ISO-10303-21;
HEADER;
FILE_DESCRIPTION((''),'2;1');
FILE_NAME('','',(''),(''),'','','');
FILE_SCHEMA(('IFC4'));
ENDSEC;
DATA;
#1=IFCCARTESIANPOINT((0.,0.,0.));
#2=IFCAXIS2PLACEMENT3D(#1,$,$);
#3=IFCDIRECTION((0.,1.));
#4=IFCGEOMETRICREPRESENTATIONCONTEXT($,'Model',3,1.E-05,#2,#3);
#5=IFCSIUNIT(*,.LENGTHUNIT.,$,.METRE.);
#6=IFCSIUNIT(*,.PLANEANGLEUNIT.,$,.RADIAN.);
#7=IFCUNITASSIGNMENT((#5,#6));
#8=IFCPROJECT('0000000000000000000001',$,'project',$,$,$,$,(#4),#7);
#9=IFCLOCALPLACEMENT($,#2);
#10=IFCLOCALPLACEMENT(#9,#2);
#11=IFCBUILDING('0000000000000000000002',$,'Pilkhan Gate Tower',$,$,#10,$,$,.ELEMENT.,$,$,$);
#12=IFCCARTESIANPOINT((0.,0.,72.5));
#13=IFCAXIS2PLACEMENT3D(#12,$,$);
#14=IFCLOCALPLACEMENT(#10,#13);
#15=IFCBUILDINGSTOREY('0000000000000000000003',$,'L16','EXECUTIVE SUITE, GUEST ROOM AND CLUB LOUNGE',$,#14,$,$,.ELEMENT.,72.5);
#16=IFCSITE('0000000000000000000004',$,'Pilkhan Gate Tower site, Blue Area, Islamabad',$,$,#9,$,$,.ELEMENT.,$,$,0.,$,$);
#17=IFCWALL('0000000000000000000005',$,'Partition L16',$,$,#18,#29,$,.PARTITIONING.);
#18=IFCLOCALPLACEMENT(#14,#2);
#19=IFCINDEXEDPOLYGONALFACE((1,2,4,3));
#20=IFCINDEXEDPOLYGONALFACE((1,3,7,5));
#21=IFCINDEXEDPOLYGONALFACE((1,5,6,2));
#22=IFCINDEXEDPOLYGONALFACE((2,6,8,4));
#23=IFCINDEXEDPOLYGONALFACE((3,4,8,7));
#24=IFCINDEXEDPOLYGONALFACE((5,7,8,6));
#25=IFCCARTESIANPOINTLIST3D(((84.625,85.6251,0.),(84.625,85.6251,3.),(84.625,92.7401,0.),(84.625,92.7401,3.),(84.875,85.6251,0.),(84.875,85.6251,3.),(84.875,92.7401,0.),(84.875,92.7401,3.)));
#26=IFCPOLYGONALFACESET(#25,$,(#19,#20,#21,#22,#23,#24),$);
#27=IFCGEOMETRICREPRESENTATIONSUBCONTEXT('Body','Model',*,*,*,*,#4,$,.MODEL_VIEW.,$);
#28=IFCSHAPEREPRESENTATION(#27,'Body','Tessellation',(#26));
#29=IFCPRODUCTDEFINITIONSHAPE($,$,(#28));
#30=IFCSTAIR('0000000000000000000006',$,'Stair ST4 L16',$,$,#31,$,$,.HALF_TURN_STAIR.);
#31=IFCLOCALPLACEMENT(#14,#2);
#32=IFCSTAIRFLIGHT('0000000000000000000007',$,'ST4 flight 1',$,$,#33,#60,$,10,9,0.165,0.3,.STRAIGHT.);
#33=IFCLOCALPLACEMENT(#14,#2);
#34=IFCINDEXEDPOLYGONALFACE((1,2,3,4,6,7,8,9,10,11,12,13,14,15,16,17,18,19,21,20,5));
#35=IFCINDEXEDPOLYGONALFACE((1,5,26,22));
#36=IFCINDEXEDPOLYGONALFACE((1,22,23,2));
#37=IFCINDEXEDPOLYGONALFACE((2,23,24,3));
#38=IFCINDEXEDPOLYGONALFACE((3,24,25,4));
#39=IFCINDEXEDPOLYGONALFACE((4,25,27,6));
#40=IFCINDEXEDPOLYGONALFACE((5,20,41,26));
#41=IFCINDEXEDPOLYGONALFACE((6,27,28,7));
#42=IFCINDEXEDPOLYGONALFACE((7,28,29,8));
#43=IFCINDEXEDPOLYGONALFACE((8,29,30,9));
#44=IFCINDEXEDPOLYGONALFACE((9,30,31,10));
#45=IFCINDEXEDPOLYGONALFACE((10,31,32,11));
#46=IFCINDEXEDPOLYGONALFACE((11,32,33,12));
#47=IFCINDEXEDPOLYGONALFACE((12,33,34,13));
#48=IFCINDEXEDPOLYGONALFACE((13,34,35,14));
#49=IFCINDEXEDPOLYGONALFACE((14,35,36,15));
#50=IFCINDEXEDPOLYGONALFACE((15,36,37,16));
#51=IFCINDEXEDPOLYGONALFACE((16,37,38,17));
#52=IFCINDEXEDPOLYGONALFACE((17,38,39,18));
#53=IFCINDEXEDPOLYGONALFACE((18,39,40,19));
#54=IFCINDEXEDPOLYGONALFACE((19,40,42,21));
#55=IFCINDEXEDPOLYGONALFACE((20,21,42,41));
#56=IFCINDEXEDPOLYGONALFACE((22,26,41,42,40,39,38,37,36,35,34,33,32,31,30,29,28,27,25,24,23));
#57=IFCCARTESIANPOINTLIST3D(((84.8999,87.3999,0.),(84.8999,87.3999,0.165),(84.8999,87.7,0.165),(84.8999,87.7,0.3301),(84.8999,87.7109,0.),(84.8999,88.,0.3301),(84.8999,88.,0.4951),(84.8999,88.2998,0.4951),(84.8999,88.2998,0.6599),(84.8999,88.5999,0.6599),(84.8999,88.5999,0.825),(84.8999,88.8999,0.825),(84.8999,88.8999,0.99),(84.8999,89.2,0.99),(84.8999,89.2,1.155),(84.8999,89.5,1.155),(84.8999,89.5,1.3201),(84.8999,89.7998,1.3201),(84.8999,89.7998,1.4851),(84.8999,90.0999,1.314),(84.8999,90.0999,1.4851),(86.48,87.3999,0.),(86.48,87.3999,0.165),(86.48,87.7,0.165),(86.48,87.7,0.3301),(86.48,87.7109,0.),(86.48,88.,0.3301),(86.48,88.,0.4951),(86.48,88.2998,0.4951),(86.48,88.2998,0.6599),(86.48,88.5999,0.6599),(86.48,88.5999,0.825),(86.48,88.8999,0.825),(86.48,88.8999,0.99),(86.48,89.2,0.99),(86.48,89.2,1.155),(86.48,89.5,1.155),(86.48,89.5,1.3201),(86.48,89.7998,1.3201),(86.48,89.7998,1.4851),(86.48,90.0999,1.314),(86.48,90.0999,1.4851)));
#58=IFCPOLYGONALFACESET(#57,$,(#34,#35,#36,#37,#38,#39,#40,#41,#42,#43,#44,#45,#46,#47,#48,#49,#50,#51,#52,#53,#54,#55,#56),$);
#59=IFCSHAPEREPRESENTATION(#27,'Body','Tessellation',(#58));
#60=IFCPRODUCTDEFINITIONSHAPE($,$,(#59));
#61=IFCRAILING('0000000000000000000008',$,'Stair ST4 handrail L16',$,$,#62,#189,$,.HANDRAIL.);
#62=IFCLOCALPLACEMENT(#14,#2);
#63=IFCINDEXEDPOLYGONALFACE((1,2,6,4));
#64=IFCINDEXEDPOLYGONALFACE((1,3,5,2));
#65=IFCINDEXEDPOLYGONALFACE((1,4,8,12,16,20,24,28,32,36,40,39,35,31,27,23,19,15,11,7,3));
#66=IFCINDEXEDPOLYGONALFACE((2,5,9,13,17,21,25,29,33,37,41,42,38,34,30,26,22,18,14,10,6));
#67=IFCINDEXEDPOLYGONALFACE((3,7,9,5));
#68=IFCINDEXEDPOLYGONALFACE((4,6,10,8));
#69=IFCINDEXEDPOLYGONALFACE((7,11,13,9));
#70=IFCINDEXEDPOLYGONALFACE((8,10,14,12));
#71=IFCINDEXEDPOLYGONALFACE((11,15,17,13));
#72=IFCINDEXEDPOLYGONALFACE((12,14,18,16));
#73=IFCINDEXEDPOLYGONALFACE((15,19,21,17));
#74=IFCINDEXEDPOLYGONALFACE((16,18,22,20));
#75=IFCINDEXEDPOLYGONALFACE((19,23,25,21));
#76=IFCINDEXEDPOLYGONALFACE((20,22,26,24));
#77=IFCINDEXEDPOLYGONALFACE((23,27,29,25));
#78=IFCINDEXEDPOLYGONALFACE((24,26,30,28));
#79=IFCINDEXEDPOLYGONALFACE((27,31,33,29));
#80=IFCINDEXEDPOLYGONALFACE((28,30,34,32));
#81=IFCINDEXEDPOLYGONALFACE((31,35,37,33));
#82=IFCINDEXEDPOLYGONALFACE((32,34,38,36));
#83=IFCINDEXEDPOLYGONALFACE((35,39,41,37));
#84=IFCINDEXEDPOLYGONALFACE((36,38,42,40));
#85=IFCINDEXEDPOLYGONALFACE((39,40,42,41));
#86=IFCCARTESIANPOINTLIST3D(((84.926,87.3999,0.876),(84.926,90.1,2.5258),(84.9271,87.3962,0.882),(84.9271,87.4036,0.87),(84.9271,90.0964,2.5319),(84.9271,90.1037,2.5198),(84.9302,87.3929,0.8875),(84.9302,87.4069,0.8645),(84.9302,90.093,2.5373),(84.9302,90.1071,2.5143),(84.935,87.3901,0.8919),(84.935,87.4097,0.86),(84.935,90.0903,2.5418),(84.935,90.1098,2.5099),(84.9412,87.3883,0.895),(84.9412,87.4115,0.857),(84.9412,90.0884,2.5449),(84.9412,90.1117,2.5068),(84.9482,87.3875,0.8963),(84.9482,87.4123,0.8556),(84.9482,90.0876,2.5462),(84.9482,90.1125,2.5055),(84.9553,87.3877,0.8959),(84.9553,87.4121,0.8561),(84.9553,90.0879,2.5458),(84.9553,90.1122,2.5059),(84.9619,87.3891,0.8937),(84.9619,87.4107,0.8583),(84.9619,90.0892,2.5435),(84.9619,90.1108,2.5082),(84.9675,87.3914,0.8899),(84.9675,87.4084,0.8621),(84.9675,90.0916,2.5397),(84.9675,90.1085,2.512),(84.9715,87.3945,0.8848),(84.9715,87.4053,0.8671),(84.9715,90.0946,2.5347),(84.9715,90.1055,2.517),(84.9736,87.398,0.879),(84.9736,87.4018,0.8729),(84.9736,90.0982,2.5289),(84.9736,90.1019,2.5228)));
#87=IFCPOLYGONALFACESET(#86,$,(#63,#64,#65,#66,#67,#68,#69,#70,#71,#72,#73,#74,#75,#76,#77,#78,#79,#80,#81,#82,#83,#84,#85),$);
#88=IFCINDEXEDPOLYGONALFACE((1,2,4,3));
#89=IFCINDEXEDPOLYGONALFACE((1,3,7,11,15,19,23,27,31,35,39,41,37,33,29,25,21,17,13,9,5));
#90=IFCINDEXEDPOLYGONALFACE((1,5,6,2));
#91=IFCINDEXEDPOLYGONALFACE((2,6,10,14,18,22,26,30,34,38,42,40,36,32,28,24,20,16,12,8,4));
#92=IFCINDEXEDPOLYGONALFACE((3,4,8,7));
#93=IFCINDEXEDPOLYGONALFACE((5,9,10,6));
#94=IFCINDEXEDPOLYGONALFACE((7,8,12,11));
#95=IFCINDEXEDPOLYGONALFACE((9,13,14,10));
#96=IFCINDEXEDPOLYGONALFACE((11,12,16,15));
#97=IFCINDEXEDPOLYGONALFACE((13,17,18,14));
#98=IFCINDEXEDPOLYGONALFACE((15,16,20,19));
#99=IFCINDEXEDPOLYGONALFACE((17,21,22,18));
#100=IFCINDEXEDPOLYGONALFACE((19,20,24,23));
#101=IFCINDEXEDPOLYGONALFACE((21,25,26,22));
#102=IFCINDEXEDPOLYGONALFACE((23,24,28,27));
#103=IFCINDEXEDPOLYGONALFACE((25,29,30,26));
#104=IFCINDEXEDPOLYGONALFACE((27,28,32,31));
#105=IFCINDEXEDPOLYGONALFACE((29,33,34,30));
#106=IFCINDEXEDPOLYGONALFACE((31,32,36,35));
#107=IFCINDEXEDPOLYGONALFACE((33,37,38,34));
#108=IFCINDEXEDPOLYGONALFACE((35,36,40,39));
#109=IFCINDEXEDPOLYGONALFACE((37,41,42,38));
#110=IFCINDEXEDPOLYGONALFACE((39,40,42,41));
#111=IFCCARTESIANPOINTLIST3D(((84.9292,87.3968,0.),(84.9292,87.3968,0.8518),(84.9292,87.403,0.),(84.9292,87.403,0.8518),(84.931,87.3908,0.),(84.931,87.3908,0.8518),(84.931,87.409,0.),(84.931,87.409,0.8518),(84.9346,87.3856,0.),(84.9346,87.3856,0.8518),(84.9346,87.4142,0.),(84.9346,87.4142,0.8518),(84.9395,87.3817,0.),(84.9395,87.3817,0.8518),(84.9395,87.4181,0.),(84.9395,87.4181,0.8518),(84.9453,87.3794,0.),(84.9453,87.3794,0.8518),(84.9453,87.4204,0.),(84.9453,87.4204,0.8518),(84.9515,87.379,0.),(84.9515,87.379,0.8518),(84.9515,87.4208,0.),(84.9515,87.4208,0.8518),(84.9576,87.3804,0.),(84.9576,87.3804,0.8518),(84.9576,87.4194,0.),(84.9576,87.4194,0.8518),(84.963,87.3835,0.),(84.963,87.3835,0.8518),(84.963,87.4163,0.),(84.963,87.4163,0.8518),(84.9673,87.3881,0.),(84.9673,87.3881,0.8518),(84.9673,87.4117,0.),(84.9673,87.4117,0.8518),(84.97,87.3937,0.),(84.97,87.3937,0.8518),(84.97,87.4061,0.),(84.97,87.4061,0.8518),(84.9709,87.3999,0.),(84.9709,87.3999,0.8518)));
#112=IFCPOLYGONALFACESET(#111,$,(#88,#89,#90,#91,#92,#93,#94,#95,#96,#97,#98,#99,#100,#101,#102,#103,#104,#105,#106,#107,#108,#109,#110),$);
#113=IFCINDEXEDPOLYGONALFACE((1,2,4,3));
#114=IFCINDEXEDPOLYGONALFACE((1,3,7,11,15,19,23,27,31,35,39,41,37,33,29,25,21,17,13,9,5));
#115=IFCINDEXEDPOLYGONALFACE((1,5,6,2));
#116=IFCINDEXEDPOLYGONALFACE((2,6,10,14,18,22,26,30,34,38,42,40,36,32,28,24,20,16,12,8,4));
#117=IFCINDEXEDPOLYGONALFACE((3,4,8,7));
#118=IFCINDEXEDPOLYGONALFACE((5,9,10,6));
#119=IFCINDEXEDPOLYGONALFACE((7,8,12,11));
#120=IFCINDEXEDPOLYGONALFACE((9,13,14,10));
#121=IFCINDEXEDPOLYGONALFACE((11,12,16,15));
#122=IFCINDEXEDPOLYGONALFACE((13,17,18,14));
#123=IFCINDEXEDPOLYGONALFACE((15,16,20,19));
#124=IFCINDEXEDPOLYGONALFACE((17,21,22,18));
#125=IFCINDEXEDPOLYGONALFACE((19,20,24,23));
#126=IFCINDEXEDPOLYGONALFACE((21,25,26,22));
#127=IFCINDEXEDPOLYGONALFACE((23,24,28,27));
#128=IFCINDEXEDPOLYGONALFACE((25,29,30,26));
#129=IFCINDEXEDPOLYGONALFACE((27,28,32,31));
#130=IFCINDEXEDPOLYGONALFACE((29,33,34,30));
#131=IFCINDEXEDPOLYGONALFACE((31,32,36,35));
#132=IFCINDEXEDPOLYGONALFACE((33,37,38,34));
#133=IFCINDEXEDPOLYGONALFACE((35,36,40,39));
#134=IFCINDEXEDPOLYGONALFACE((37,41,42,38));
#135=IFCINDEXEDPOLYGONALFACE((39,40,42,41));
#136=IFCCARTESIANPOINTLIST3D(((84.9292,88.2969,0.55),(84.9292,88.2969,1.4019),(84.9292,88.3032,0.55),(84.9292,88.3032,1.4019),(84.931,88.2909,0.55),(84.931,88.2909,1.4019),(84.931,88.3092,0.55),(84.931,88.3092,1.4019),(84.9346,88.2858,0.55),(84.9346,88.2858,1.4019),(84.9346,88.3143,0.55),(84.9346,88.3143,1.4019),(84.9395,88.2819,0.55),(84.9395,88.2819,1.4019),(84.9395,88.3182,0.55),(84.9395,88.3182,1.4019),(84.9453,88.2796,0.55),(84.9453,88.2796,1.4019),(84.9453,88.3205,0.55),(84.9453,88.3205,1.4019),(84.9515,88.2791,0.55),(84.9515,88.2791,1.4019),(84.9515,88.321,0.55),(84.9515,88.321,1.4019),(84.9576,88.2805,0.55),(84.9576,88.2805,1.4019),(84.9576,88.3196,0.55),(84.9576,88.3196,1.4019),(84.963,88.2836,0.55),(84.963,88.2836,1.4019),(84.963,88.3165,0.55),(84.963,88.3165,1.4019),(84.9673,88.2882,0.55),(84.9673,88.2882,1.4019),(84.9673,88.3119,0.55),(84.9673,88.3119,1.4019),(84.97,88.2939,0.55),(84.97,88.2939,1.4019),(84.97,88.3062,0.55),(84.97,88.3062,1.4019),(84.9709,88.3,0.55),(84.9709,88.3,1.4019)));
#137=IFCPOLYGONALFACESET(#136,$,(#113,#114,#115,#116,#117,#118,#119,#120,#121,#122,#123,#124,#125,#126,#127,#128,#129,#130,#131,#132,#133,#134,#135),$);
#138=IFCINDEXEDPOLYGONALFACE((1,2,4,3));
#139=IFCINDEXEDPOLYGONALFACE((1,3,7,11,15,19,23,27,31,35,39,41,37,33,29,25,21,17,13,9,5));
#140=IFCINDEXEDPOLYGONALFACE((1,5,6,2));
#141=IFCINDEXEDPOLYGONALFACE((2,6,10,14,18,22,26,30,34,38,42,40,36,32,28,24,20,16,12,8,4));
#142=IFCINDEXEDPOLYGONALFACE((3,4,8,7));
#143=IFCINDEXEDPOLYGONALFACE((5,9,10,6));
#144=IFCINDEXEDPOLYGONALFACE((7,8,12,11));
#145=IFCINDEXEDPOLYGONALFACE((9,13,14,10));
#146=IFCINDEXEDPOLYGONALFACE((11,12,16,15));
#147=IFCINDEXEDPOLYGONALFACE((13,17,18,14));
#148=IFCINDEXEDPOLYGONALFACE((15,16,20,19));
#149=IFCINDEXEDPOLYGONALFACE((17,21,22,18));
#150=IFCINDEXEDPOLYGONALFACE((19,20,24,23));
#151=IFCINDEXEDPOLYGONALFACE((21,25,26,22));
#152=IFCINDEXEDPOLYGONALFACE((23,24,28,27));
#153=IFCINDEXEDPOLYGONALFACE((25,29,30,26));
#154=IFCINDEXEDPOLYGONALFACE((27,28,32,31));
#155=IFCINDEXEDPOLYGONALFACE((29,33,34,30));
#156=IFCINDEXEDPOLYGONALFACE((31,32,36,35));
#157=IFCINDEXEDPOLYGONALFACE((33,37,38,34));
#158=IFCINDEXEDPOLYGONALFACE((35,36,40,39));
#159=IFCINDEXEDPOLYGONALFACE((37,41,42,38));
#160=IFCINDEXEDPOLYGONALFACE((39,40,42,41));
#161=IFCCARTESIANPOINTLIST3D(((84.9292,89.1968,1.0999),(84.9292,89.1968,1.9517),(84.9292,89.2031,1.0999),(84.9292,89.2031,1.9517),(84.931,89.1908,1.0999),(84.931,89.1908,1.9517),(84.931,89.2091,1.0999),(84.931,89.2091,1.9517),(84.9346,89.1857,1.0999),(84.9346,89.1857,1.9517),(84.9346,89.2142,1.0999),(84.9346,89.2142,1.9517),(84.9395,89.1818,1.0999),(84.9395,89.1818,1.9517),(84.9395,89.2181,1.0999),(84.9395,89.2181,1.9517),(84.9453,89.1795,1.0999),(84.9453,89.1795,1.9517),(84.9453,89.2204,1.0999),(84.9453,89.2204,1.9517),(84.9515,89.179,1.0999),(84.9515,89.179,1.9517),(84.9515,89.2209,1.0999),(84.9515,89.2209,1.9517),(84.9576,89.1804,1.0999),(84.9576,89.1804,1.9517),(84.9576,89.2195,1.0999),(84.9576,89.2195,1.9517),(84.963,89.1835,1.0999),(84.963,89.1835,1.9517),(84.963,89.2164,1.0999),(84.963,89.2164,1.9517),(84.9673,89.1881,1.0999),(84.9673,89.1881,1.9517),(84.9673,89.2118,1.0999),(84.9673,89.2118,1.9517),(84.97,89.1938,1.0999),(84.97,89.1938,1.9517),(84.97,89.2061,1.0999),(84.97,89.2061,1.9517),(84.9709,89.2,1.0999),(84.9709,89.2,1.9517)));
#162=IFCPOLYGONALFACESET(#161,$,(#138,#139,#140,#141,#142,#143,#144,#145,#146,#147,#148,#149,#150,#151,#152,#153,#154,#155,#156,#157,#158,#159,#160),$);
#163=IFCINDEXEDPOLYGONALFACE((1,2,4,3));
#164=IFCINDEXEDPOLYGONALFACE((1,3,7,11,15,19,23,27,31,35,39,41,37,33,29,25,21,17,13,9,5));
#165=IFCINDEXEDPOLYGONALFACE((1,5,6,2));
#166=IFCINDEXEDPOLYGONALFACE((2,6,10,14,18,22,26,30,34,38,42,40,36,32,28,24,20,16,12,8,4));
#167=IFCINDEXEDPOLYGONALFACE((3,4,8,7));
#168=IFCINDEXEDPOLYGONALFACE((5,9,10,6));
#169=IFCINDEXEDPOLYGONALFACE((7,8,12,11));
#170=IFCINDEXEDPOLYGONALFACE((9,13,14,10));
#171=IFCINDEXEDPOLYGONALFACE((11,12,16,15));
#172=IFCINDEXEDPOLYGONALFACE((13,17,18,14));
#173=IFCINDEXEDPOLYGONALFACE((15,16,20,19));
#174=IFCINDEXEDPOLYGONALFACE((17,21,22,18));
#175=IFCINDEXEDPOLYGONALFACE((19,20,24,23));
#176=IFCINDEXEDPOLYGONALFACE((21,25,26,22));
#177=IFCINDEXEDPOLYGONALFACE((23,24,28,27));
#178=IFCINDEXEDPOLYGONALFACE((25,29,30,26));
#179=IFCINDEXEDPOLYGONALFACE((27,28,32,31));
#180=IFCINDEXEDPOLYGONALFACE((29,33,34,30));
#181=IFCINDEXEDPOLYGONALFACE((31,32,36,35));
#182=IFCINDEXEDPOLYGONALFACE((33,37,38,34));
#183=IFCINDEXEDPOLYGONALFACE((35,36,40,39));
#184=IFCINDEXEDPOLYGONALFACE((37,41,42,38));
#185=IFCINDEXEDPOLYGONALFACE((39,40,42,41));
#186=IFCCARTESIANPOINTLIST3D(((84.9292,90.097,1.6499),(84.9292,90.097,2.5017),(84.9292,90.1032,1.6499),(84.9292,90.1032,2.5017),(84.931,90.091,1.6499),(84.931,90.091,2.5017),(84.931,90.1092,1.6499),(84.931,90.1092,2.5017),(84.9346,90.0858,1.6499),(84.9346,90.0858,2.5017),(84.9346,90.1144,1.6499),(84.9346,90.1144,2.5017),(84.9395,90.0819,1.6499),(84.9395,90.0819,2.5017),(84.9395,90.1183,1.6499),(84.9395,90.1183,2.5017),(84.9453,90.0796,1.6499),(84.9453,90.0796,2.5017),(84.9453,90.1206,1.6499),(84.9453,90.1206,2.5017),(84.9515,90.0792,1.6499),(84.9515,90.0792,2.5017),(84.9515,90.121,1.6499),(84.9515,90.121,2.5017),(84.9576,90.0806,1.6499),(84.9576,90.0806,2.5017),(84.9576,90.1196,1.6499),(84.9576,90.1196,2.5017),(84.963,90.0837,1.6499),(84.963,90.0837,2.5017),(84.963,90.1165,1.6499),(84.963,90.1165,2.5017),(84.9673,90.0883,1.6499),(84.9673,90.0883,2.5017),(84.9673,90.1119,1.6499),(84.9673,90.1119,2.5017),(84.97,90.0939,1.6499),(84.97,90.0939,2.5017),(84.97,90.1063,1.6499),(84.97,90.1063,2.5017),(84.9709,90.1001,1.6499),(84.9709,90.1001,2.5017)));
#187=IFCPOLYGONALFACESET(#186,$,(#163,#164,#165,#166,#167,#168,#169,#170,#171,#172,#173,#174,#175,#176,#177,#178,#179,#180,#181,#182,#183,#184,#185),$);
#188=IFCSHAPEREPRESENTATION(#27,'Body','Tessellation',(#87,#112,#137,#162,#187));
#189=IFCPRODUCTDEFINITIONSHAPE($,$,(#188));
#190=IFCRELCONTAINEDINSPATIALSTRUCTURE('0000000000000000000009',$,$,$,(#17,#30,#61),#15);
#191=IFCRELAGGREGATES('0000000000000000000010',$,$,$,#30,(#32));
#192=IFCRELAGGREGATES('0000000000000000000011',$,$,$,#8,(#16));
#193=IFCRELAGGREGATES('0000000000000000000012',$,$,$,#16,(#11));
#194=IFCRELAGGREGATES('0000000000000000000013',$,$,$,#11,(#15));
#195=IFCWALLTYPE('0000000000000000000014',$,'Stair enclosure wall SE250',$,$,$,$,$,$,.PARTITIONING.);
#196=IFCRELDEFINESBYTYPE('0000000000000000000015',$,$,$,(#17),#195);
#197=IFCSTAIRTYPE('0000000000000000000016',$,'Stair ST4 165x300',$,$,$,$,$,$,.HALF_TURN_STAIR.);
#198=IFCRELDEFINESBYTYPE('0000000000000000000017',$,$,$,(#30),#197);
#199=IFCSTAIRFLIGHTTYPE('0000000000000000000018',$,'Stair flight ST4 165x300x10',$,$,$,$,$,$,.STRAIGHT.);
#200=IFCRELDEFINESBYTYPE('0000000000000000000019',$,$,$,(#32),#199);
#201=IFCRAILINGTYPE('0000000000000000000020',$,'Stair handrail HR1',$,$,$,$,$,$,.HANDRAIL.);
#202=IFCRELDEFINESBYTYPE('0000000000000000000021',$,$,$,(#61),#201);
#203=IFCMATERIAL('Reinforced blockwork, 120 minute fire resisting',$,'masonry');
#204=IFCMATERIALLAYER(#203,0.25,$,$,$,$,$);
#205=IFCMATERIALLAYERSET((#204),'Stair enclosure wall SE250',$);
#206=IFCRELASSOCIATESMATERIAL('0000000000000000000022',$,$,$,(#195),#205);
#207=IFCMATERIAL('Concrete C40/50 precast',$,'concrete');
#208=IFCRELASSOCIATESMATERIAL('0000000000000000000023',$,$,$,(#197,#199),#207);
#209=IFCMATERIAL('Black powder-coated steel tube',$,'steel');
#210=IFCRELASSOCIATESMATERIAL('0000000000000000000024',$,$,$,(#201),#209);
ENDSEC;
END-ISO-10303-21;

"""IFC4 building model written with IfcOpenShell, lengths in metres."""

from ifc_helpers import new_model, si_unit, direction, frame, frame_2d, origin, origin_2d, place, context, subcontext, project, spatial, polyline, rectangle, circle, outline, extrude, material, layer, layer_set, type_object, element, aggregate, save


model = new_model("IFC4")

# Units and contexts
model_context = context("Model", 3, precision=1e-05, world=origin(), true_north=direction((0.0, 1.0)))
body_context = subcontext(model_context, "Body", "Model", "MODEL_VIEW")
ifc_project = project(units=[si_unit("LENGTHUNIT", "METRE"), si_unit("PLANEANGLEUNIT", "RADIAN")], contexts=[model_context])

# Site, building, storey
site_placement = place(None, origin())
site = spatial("IfcSite", under=ifc_project, at=site_placement, Name="Pilkhan Gate Tower site, Blue Area, Islamabad", CompositionType="ELEMENT", RefElevation=0.0)
building_placement = place(site_placement, origin())
building = spatial("IfcBuilding", under=site, at=building_placement, Name="Pilkhan Gate Tower", CompositionType="ELEMENT")
storey_placement = place(building_placement, frame((0.0, 0.0, 72.5)))
storey = spatial("IfcBuildingStorey", under=building, at=storey_placement, Name="L16", Description="EXECUTIVE SUITE, GUEST ROOM AND CLUB LOUNGE", CompositionType="ELEMENT", Elevation=72.5)

# Wall
ifc_material_1 = material(Name="Reinforced blockwork, 120 minute fire resisting", Category="masonry")
ifc_layer_1 = layer(ifc_material_1, 0.25)
ifc_layer_set_1 = layer_set([ifc_layer_1], Name="Stair enclosure wall SE250")
wall_type_1 = type_object("IfcWallType", Name="Stair enclosure wall SE250", PredefinedType="PARTITIONING", material=ifc_layer_set_1)
wall_1_placement = place(storey_placement, frame((84.75, 85.625, 0.0), z_axis=(0.0, 0.0, 1.0), x_axis=(0.0, 1.0, 0.0)))
element("IfcWall", 1, at=wall_1_placement, inside=storey, type_object=wall_type_1, Name="Partition L16", PredefinedType="PARTITIONING", context=body_context, shape_type="SweptSolid", body=[
    extrude(rectangle(XDim=7.115, YDim=0.25, at=frame_2d((3.5576, 0.0))), origin(), (0.0, 0.0, 1.0), 3.0),
])

# Stair, stair flight
ifc_material_2 = material(Name="Concrete C40/50 precast", Category="concrete")
stair_type = type_object("IfcStairType", Name="Stair ST4 165x300", PredefinedType="HALF_TURN_STAIR", material=ifc_material_2)
stair_placement = place(storey_placement, origin())
stair = element("IfcStair", 2, at=stair_placement, inside=storey, type_object=stair_type, Name="Stair ST4 L16", PredefinedType="HALF_TURN_STAIR")
stair_flight_type = type_object("IfcStairFlightType", Name="Stair flight ST4 165x300x10", PredefinedType="STRAIGHT", material=ifc_material_2)
stair_flight_placement = place(storey_placement, frame((85.6899, 87.3999, 0.0), z_axis=(0.0, 0.0, 1.0), x_axis=(0.0, 1.0, 0.0)))
stair_flight = element("IfcStairFlight", 3, at=stair_flight_placement, type_object=stair_flight_type, Name="ST4 flight 1", NumberOfRisers=10, NumberOfTreads=9, PredefinedType="STRAIGHT", RiserHeight=0.165, TreadLength=0.3, context=body_context, shape_type="SweptSolid", body=[
    extrude(outline(polyline([(0.0, 0.0), (0.0, 0.165), (0.3, 0.165), (0.3, 0.3301), (0.6001, 0.3301), (0.6001, 0.4951), (0.8999, 0.4951), (0.8999, 0.6599), (1.2, 0.6599), (1.2, 0.825), (1.5, 0.825), (1.5, 0.99), (1.8, 0.99), (1.8, 1.155), (2.1001, 1.155), (2.1001, 1.3201), (2.3999, 1.3201), (2.3999, 1.4851), (2.7, 1.4851), (2.7, 1.6499), (2.7, 1.314), (0.311, 0.0), (0.0, 0.0)])), frame((0.0, 0.79, 0.0), z_axis=(0.0, -1.0, 0.0), x_axis=(1.0, 0.0, 0.0)), (0.0, 0.0, 1.0), 1.5801),
])
aggregate(stair, [stair_flight])

# Railing
ifc_material_3 = material(Name="Black powder-coated steel tube", Category="steel")
railing_type_1 = type_object("IfcRailingType", Name="Stair handrail HR1", PredefinedType="HANDRAIL", material=ifc_material_3)
railing_placement = place(storey_placement, frame((84.95, 87.3999, 0.0)))
element("IfcRailing", 4, at=railing_placement, inside=storey, type_object=railing_type_1, Name="Stair ST4 handrail L16", PredefinedType="HANDRAIL", context=body_context, shape_type="SweptSolid", body=[
    extrude(circle(Radius=0.0239, at=origin_2d()), frame((0.0, 0.0, 0.876), z_axis=(0.0, 0.853312, 0.5214), x_axis=(-1.0, 0.0, 0.0)), (0.0, 0.0, 1.0), 3.1643),
    extrude(circle(Radius=0.021, at=origin_2d()), origin(), (0.0, 0.0, 1.0), 0.8518),
    extrude(circle(Radius=0.021, at=origin_2d()), frame((0.0, 0.9001, 0.55)), (0.0, 0.0, 1.0), 0.8518),
    extrude(circle(Radius=0.021, at=origin_2d()), frame((0.0, 1.8, 1.0999)), (0.0, 0.0, 1.0), 0.8518),
    extrude(circle(Radius=0.021, at=origin_2d()), frame((0.0, 2.7002, 1.6499)), (0.0, 0.0, 1.0), 0.8518),
])

save(model, "model.ifc")
